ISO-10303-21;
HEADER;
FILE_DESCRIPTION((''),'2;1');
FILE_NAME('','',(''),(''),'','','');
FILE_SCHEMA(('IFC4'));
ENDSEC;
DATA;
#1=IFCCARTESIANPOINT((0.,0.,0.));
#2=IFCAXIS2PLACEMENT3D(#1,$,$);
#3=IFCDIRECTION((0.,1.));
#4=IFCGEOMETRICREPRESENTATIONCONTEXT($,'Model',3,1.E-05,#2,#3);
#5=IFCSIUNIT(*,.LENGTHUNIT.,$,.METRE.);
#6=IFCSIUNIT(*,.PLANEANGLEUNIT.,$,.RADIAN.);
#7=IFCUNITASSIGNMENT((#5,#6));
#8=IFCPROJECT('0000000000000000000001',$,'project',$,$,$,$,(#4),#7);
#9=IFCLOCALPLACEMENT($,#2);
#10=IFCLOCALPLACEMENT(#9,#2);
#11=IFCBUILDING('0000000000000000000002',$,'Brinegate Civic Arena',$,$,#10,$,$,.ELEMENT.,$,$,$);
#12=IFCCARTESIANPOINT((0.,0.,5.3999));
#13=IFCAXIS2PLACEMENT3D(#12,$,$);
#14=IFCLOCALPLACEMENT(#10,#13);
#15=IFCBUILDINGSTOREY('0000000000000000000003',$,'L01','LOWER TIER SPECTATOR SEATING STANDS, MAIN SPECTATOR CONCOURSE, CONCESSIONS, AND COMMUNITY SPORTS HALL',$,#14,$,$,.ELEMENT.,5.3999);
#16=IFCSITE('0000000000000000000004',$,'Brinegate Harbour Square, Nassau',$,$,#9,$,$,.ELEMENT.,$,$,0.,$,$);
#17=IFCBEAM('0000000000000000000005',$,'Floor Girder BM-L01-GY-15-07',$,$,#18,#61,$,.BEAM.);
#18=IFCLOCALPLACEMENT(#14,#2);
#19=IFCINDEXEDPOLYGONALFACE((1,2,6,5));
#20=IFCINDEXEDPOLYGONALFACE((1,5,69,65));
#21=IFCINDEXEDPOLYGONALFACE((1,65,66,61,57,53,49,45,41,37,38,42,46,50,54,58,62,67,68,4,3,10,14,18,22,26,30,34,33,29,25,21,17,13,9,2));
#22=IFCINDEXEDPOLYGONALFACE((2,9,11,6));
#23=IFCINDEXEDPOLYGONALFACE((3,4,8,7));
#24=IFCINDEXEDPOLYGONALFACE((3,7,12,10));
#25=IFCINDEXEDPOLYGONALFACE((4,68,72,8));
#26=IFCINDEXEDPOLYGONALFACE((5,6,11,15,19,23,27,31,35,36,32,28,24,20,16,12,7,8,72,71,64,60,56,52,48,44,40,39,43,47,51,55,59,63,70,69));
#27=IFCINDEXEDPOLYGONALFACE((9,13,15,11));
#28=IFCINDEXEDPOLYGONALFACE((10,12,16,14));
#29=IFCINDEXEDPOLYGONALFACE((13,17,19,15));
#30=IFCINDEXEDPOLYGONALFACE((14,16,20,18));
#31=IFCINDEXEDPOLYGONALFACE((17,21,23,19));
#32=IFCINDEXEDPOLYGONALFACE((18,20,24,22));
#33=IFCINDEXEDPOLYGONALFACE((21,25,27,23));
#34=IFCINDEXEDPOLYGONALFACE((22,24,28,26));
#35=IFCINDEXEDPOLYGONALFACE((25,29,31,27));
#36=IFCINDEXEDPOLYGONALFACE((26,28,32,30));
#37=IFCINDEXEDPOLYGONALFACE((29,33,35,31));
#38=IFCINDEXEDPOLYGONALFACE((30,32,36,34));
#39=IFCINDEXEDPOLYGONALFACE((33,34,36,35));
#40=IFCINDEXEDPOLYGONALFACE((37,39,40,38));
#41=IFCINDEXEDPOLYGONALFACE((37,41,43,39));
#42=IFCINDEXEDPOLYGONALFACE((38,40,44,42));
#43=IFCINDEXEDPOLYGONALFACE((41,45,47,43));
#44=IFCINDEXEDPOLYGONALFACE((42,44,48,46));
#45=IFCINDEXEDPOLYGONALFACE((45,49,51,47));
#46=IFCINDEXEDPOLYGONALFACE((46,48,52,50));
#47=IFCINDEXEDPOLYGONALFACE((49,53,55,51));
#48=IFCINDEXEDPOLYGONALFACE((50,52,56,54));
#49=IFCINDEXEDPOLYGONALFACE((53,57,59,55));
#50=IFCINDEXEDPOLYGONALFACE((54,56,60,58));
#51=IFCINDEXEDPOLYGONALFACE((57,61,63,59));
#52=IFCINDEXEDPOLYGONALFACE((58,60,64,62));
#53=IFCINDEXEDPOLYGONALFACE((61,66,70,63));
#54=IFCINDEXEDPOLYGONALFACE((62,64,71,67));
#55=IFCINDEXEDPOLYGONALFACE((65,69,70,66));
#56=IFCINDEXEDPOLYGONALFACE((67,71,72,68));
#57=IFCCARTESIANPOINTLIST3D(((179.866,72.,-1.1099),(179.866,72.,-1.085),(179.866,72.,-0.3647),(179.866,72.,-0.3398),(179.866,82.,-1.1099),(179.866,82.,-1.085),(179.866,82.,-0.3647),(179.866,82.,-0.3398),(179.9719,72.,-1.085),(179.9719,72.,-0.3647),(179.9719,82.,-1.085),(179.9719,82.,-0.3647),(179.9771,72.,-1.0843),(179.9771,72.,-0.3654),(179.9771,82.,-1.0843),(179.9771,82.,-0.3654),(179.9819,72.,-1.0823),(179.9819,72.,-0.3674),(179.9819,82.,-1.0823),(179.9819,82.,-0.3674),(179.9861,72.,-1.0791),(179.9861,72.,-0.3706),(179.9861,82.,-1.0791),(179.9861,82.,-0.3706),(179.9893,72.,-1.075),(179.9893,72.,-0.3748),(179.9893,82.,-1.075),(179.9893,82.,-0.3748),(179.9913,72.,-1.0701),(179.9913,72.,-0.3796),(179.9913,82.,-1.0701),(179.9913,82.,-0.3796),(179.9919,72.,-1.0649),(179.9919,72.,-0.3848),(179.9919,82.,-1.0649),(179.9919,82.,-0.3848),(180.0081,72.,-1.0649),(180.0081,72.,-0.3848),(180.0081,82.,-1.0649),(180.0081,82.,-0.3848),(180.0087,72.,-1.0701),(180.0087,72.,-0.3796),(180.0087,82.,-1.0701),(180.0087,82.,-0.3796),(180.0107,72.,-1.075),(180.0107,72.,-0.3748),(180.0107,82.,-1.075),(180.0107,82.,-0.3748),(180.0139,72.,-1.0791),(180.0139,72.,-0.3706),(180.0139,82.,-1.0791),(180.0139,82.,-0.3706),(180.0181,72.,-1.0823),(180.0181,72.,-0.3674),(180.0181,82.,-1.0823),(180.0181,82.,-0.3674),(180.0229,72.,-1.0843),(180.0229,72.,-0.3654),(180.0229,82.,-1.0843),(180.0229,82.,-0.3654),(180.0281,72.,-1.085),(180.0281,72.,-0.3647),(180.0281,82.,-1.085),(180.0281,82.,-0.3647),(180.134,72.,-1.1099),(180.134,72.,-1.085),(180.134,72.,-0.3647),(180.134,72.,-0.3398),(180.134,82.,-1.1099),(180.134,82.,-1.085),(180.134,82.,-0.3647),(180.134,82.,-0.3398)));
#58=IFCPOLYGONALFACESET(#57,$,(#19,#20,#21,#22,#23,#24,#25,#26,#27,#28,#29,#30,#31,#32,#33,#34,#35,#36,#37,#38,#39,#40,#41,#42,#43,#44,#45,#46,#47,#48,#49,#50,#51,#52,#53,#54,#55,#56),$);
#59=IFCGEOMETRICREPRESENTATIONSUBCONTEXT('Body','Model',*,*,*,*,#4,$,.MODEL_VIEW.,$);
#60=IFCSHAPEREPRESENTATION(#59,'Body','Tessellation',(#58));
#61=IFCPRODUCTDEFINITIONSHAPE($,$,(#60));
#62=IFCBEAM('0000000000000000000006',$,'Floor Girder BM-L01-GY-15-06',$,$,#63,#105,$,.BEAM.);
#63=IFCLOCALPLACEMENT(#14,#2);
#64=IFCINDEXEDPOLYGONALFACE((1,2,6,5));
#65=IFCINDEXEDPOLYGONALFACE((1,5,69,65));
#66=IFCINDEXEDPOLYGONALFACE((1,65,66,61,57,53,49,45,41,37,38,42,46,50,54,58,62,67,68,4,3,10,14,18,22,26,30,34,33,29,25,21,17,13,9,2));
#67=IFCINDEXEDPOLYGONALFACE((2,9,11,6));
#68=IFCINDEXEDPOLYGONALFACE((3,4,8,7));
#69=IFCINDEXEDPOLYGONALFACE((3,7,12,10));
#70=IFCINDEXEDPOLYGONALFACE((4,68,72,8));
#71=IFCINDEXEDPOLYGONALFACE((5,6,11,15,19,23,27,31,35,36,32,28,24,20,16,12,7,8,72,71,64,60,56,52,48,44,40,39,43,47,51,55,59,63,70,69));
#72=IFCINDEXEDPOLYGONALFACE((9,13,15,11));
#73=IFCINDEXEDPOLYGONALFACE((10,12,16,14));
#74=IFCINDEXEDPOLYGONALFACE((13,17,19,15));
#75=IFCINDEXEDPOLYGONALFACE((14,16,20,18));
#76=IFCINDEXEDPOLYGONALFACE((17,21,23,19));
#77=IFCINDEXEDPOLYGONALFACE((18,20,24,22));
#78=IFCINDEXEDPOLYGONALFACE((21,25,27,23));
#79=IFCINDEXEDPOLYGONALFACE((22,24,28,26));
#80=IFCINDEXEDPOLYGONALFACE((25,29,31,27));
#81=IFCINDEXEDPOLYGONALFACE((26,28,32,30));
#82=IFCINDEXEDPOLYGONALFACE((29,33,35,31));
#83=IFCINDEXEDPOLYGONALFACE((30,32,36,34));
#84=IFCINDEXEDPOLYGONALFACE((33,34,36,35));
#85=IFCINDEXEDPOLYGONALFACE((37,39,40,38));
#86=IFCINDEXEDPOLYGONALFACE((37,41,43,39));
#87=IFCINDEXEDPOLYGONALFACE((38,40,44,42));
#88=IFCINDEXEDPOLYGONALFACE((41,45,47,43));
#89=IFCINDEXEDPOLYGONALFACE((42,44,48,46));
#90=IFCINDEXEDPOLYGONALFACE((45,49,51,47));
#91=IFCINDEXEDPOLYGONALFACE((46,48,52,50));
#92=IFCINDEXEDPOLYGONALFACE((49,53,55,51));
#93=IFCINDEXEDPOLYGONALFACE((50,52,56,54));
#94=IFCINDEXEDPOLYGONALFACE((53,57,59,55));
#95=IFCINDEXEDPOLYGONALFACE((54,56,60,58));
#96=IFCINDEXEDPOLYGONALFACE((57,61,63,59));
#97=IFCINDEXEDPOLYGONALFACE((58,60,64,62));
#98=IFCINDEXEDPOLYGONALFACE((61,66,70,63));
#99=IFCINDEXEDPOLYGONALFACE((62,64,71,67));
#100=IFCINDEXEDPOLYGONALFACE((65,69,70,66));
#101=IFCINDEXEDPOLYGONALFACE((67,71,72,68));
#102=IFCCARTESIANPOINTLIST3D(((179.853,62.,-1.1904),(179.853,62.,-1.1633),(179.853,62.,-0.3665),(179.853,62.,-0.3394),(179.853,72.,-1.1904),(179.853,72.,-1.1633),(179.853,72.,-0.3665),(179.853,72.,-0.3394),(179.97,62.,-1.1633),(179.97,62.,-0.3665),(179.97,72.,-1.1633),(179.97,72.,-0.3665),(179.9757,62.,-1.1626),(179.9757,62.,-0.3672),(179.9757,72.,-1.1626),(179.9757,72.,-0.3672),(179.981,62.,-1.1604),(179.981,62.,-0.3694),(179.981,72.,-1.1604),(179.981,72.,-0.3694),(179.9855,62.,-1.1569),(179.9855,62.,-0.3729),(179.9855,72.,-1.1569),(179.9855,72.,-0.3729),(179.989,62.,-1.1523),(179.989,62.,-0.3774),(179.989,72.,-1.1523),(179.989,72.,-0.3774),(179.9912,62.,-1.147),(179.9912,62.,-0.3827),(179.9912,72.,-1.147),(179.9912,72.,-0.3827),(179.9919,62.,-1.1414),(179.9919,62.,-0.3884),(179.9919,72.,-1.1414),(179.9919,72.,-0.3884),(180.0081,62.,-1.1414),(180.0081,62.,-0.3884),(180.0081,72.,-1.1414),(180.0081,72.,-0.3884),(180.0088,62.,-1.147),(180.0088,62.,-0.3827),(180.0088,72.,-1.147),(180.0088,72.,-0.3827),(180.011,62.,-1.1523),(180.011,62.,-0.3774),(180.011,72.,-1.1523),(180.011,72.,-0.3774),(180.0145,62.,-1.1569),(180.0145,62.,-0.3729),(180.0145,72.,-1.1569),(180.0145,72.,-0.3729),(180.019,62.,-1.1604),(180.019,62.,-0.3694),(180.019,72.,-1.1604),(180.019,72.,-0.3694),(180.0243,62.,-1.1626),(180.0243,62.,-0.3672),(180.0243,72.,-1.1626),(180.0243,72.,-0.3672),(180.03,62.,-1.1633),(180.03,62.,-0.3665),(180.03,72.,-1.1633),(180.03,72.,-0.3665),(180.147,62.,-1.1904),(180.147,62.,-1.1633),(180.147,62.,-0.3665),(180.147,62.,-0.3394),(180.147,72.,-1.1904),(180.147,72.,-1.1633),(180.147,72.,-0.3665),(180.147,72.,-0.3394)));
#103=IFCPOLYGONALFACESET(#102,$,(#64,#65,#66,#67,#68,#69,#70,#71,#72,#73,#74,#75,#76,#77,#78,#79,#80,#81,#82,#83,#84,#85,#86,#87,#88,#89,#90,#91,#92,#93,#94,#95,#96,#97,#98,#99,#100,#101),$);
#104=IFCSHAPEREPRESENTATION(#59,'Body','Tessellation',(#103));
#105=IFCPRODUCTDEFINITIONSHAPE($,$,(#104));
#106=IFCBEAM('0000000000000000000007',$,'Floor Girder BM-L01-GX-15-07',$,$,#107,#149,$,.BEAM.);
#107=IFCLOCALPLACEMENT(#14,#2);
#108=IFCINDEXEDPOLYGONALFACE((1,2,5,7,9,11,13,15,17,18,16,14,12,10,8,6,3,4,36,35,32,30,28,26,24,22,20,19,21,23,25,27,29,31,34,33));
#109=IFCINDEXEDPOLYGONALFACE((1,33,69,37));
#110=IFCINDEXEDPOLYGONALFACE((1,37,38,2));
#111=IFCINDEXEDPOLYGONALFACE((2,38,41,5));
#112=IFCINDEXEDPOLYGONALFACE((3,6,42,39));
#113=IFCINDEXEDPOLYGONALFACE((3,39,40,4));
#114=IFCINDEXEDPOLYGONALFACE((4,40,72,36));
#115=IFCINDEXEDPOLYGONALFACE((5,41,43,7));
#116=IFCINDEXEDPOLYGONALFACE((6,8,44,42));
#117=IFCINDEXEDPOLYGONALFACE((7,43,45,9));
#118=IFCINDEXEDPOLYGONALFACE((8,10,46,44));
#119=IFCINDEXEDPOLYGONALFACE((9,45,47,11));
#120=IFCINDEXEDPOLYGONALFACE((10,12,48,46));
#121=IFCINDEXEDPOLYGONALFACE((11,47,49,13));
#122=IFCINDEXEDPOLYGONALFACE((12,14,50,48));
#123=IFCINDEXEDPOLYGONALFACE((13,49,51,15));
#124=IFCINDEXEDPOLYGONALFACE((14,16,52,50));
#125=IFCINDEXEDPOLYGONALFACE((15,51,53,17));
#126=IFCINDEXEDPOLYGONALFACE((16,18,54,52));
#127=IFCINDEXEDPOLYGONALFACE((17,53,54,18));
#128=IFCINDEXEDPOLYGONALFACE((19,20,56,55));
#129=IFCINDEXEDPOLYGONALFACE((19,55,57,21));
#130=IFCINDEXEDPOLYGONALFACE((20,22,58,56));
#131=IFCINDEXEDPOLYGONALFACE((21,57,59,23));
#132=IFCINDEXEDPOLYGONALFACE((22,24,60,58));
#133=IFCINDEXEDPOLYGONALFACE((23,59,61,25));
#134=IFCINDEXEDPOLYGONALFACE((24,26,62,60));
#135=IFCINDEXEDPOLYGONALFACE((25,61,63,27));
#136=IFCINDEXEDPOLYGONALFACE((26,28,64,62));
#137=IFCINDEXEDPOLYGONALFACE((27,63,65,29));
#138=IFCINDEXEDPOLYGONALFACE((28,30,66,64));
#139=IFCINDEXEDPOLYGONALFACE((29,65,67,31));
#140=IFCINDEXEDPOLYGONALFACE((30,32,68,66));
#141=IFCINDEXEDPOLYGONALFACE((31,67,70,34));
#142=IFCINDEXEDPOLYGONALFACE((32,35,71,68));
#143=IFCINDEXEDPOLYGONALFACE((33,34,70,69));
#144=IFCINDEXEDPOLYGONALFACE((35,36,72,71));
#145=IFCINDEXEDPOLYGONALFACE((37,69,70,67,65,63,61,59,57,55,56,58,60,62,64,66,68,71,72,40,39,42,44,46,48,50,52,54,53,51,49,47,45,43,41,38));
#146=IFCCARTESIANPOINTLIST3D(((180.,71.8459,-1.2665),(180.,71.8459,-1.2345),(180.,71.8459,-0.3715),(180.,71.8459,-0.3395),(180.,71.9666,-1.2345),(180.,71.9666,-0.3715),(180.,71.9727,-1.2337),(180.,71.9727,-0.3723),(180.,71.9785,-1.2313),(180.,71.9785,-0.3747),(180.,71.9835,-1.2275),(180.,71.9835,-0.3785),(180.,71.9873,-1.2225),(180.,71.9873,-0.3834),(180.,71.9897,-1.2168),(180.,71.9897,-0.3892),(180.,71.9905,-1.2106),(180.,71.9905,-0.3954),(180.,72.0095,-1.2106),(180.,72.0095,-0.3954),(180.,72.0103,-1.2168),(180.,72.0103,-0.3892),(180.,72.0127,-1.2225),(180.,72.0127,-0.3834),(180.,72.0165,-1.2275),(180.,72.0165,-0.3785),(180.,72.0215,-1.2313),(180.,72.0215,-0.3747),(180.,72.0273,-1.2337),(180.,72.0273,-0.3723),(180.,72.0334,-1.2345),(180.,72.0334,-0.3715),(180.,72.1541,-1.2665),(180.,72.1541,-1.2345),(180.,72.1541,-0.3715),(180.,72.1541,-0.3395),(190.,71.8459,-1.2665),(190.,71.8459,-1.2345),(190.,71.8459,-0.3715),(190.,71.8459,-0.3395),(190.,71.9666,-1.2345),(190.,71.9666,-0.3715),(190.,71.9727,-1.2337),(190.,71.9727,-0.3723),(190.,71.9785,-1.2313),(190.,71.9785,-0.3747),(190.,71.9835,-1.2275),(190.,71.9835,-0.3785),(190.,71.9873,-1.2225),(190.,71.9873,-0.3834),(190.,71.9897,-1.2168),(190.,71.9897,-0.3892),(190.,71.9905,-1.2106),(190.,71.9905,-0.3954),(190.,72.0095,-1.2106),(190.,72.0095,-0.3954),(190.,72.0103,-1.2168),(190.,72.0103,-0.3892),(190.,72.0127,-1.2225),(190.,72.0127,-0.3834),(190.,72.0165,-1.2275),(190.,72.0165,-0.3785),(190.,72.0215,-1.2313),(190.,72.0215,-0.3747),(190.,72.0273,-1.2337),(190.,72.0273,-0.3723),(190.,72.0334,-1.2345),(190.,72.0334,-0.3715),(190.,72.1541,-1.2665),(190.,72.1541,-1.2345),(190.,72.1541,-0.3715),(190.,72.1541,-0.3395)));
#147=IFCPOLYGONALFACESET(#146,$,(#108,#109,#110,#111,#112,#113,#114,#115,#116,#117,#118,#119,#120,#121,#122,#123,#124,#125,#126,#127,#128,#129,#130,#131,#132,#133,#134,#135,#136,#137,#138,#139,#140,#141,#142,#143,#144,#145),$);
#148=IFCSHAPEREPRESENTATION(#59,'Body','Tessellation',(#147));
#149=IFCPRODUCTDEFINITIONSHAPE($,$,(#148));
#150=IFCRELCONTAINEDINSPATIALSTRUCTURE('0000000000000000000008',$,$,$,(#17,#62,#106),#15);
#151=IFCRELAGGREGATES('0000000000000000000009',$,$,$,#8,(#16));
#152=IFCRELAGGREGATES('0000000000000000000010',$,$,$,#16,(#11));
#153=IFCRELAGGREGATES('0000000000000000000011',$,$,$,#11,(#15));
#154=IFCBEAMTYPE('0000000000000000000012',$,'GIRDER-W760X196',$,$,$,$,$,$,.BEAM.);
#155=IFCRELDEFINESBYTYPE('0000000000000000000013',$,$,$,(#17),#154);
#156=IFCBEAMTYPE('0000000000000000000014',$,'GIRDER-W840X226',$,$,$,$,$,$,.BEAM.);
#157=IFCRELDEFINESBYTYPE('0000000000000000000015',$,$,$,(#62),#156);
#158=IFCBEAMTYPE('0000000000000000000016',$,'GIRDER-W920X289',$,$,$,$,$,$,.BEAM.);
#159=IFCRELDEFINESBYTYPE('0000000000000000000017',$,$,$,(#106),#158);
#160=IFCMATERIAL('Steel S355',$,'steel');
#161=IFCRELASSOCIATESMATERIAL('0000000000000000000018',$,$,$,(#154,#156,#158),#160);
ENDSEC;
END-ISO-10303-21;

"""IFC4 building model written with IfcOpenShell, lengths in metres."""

from ifc_helpers import new_model, si_unit, direction, frame, origin, origin_2d, place, context, subcontext, project, spatial, i_section, extrude, material, material_profile, profile_set, type_object, element, save


model = new_model("IFC4")

# Units and contexts
model_context = context("Model", 3, precision=1e-05, world=origin(), true_north=direction((0.0, 1.0)))
body_context = subcontext(model_context, "Body", "Model", "MODEL_VIEW")
ifc_project = project(units=[si_unit("LENGTHUNIT", "METRE"), si_unit("PLANEANGLEUNIT", "RADIAN")], contexts=[model_context])

# Site, building, storey
site_placement = place(None, origin())
site = spatial("IfcSite", under=ifc_project, at=site_placement, Name="Brinegate Harbour Square, Nassau", CompositionType="ELEMENT", RefElevation=0.0)
building_placement = place(site_placement, origin())
building = spatial("IfcBuilding", under=site, at=building_placement, Name="Brinegate Civic Arena", CompositionType="ELEMENT")
storey_placement = place(building_placement, frame((0.0, 0.0, 5.3999)))
storey = spatial("IfcBuildingStorey", under=building, at=storey_placement, Name="L01", Description="LOWER TIER SPECTATOR SEATING STANDS, MAIN SPECTATOR CONCOURSE, CONCESSIONS, AND COMMUNITY SPORTS HALL", CompositionType="ELEMENT", Elevation=5.3999)

# Beams
ifc_material_1 = material(Name="Steel S355", Category="steel")
ifc_material_profile_1 = material_profile(ifc_material_1, i_section(OverallWidth=0.2681, OverallDepth=0.77, WebThickness=0.0161, FlangeThickness=0.0249, FilletRadius=0.02, at=origin_2d()), Name="W760X196")
ifc_profile_set_1 = profile_set([ifc_material_profile_1], Name="Steel S355")
beam_type_1 = type_object("IfcBeamType", Name="GIRDER-W760X196", PredefinedType="BEAM", material=ifc_profile_set_1)
beam_1_placement = place(storey_placement, frame((180.0, 72.0, -0.7249), z_axis=(0.0, 1.0, 0.0), x_axis=(-1.0, 0.0, 0.0)))
element("IfcBeam", 1, at=beam_1_placement, inside=storey, type_object=beam_type_1, Name="Floor Girder BM-L01-GY-15-07", PredefinedType="BEAM", context=body_context, shape_type="SweptSolid", body=[
    extrude(i_section(OverallWidth=0.2681, OverallDepth=0.77, WebThickness=0.0161, FlangeThickness=0.0249, FilletRadius=0.02, at=origin_2d()), origin(), (0.0, 0.0, 1.0), 10.0),
])
ifc_material_profile_2 = material_profile(ifc_material_1, i_section(OverallWidth=0.2939, OverallDepth=0.8511, WebThickness=0.0161, FlangeThickness=0.0271, FilletRadius=0.022, at=origin_2d()), Name="W840X226")
ifc_profile_set_2 = profile_set([ifc_material_profile_2], Name="Steel S355")
beam_type_2 = type_object("IfcBeamType", Name="GIRDER-W840X226", PredefinedType="BEAM", material=ifc_profile_set_2)
beam_2_placement = place(storey_placement, frame((180.0, 62.0, -0.7649), z_axis=(0.0, 1.0, 0.0), x_axis=(-1.0, 0.0, 0.0)))
element("IfcBeam", 2, at=beam_2_placement, inside=storey, type_object=beam_type_2, Name="Floor Girder BM-L01-GY-15-06", PredefinedType="BEAM", context=body_context, shape_type="SweptSolid", body=[
    extrude(i_section(OverallWidth=0.2939, OverallDepth=0.8511, WebThickness=0.0161, FlangeThickness=0.0271, FilletRadius=0.022, at=origin_2d()), origin(), (0.0, 0.0, 1.0), 10.0),
])
ifc_material_profile_3 = material_profile(ifc_material_1, i_section(OverallWidth=0.3081, OverallDepth=0.927, WebThickness=0.019, FlangeThickness=0.032, FilletRadius=0.0239, at=origin_2d()), Name="W920X289")
ifc_profile_set_3 = profile_set([ifc_material_profile_3], Name="Steel S355")
beam_type_3 = type_object("IfcBeamType", Name="GIRDER-W920X289", PredefinedType="BEAM", material=ifc_profile_set_3)
beam_3_placement = place(storey_placement, frame((180.0, 72.0, -0.803), z_axis=(1.0, 0.0, 0.0), x_axis=(0.0, 1.0, 0.0)))
element("IfcBeam", 3, at=beam_3_placement, inside=storey, type_object=beam_type_3, Name="Floor Girder BM-L01-GX-15-07", PredefinedType="BEAM", context=body_context, shape_type="SweptSolid", body=[
    extrude(i_section(OverallWidth=0.3081, OverallDepth=0.927, WebThickness=0.019, FlangeThickness=0.032, FilletRadius=0.0239, at=origin_2d()), origin(), (0.0, 0.0, 1.0), 10.0),
])

save(model, "model.ifc")
